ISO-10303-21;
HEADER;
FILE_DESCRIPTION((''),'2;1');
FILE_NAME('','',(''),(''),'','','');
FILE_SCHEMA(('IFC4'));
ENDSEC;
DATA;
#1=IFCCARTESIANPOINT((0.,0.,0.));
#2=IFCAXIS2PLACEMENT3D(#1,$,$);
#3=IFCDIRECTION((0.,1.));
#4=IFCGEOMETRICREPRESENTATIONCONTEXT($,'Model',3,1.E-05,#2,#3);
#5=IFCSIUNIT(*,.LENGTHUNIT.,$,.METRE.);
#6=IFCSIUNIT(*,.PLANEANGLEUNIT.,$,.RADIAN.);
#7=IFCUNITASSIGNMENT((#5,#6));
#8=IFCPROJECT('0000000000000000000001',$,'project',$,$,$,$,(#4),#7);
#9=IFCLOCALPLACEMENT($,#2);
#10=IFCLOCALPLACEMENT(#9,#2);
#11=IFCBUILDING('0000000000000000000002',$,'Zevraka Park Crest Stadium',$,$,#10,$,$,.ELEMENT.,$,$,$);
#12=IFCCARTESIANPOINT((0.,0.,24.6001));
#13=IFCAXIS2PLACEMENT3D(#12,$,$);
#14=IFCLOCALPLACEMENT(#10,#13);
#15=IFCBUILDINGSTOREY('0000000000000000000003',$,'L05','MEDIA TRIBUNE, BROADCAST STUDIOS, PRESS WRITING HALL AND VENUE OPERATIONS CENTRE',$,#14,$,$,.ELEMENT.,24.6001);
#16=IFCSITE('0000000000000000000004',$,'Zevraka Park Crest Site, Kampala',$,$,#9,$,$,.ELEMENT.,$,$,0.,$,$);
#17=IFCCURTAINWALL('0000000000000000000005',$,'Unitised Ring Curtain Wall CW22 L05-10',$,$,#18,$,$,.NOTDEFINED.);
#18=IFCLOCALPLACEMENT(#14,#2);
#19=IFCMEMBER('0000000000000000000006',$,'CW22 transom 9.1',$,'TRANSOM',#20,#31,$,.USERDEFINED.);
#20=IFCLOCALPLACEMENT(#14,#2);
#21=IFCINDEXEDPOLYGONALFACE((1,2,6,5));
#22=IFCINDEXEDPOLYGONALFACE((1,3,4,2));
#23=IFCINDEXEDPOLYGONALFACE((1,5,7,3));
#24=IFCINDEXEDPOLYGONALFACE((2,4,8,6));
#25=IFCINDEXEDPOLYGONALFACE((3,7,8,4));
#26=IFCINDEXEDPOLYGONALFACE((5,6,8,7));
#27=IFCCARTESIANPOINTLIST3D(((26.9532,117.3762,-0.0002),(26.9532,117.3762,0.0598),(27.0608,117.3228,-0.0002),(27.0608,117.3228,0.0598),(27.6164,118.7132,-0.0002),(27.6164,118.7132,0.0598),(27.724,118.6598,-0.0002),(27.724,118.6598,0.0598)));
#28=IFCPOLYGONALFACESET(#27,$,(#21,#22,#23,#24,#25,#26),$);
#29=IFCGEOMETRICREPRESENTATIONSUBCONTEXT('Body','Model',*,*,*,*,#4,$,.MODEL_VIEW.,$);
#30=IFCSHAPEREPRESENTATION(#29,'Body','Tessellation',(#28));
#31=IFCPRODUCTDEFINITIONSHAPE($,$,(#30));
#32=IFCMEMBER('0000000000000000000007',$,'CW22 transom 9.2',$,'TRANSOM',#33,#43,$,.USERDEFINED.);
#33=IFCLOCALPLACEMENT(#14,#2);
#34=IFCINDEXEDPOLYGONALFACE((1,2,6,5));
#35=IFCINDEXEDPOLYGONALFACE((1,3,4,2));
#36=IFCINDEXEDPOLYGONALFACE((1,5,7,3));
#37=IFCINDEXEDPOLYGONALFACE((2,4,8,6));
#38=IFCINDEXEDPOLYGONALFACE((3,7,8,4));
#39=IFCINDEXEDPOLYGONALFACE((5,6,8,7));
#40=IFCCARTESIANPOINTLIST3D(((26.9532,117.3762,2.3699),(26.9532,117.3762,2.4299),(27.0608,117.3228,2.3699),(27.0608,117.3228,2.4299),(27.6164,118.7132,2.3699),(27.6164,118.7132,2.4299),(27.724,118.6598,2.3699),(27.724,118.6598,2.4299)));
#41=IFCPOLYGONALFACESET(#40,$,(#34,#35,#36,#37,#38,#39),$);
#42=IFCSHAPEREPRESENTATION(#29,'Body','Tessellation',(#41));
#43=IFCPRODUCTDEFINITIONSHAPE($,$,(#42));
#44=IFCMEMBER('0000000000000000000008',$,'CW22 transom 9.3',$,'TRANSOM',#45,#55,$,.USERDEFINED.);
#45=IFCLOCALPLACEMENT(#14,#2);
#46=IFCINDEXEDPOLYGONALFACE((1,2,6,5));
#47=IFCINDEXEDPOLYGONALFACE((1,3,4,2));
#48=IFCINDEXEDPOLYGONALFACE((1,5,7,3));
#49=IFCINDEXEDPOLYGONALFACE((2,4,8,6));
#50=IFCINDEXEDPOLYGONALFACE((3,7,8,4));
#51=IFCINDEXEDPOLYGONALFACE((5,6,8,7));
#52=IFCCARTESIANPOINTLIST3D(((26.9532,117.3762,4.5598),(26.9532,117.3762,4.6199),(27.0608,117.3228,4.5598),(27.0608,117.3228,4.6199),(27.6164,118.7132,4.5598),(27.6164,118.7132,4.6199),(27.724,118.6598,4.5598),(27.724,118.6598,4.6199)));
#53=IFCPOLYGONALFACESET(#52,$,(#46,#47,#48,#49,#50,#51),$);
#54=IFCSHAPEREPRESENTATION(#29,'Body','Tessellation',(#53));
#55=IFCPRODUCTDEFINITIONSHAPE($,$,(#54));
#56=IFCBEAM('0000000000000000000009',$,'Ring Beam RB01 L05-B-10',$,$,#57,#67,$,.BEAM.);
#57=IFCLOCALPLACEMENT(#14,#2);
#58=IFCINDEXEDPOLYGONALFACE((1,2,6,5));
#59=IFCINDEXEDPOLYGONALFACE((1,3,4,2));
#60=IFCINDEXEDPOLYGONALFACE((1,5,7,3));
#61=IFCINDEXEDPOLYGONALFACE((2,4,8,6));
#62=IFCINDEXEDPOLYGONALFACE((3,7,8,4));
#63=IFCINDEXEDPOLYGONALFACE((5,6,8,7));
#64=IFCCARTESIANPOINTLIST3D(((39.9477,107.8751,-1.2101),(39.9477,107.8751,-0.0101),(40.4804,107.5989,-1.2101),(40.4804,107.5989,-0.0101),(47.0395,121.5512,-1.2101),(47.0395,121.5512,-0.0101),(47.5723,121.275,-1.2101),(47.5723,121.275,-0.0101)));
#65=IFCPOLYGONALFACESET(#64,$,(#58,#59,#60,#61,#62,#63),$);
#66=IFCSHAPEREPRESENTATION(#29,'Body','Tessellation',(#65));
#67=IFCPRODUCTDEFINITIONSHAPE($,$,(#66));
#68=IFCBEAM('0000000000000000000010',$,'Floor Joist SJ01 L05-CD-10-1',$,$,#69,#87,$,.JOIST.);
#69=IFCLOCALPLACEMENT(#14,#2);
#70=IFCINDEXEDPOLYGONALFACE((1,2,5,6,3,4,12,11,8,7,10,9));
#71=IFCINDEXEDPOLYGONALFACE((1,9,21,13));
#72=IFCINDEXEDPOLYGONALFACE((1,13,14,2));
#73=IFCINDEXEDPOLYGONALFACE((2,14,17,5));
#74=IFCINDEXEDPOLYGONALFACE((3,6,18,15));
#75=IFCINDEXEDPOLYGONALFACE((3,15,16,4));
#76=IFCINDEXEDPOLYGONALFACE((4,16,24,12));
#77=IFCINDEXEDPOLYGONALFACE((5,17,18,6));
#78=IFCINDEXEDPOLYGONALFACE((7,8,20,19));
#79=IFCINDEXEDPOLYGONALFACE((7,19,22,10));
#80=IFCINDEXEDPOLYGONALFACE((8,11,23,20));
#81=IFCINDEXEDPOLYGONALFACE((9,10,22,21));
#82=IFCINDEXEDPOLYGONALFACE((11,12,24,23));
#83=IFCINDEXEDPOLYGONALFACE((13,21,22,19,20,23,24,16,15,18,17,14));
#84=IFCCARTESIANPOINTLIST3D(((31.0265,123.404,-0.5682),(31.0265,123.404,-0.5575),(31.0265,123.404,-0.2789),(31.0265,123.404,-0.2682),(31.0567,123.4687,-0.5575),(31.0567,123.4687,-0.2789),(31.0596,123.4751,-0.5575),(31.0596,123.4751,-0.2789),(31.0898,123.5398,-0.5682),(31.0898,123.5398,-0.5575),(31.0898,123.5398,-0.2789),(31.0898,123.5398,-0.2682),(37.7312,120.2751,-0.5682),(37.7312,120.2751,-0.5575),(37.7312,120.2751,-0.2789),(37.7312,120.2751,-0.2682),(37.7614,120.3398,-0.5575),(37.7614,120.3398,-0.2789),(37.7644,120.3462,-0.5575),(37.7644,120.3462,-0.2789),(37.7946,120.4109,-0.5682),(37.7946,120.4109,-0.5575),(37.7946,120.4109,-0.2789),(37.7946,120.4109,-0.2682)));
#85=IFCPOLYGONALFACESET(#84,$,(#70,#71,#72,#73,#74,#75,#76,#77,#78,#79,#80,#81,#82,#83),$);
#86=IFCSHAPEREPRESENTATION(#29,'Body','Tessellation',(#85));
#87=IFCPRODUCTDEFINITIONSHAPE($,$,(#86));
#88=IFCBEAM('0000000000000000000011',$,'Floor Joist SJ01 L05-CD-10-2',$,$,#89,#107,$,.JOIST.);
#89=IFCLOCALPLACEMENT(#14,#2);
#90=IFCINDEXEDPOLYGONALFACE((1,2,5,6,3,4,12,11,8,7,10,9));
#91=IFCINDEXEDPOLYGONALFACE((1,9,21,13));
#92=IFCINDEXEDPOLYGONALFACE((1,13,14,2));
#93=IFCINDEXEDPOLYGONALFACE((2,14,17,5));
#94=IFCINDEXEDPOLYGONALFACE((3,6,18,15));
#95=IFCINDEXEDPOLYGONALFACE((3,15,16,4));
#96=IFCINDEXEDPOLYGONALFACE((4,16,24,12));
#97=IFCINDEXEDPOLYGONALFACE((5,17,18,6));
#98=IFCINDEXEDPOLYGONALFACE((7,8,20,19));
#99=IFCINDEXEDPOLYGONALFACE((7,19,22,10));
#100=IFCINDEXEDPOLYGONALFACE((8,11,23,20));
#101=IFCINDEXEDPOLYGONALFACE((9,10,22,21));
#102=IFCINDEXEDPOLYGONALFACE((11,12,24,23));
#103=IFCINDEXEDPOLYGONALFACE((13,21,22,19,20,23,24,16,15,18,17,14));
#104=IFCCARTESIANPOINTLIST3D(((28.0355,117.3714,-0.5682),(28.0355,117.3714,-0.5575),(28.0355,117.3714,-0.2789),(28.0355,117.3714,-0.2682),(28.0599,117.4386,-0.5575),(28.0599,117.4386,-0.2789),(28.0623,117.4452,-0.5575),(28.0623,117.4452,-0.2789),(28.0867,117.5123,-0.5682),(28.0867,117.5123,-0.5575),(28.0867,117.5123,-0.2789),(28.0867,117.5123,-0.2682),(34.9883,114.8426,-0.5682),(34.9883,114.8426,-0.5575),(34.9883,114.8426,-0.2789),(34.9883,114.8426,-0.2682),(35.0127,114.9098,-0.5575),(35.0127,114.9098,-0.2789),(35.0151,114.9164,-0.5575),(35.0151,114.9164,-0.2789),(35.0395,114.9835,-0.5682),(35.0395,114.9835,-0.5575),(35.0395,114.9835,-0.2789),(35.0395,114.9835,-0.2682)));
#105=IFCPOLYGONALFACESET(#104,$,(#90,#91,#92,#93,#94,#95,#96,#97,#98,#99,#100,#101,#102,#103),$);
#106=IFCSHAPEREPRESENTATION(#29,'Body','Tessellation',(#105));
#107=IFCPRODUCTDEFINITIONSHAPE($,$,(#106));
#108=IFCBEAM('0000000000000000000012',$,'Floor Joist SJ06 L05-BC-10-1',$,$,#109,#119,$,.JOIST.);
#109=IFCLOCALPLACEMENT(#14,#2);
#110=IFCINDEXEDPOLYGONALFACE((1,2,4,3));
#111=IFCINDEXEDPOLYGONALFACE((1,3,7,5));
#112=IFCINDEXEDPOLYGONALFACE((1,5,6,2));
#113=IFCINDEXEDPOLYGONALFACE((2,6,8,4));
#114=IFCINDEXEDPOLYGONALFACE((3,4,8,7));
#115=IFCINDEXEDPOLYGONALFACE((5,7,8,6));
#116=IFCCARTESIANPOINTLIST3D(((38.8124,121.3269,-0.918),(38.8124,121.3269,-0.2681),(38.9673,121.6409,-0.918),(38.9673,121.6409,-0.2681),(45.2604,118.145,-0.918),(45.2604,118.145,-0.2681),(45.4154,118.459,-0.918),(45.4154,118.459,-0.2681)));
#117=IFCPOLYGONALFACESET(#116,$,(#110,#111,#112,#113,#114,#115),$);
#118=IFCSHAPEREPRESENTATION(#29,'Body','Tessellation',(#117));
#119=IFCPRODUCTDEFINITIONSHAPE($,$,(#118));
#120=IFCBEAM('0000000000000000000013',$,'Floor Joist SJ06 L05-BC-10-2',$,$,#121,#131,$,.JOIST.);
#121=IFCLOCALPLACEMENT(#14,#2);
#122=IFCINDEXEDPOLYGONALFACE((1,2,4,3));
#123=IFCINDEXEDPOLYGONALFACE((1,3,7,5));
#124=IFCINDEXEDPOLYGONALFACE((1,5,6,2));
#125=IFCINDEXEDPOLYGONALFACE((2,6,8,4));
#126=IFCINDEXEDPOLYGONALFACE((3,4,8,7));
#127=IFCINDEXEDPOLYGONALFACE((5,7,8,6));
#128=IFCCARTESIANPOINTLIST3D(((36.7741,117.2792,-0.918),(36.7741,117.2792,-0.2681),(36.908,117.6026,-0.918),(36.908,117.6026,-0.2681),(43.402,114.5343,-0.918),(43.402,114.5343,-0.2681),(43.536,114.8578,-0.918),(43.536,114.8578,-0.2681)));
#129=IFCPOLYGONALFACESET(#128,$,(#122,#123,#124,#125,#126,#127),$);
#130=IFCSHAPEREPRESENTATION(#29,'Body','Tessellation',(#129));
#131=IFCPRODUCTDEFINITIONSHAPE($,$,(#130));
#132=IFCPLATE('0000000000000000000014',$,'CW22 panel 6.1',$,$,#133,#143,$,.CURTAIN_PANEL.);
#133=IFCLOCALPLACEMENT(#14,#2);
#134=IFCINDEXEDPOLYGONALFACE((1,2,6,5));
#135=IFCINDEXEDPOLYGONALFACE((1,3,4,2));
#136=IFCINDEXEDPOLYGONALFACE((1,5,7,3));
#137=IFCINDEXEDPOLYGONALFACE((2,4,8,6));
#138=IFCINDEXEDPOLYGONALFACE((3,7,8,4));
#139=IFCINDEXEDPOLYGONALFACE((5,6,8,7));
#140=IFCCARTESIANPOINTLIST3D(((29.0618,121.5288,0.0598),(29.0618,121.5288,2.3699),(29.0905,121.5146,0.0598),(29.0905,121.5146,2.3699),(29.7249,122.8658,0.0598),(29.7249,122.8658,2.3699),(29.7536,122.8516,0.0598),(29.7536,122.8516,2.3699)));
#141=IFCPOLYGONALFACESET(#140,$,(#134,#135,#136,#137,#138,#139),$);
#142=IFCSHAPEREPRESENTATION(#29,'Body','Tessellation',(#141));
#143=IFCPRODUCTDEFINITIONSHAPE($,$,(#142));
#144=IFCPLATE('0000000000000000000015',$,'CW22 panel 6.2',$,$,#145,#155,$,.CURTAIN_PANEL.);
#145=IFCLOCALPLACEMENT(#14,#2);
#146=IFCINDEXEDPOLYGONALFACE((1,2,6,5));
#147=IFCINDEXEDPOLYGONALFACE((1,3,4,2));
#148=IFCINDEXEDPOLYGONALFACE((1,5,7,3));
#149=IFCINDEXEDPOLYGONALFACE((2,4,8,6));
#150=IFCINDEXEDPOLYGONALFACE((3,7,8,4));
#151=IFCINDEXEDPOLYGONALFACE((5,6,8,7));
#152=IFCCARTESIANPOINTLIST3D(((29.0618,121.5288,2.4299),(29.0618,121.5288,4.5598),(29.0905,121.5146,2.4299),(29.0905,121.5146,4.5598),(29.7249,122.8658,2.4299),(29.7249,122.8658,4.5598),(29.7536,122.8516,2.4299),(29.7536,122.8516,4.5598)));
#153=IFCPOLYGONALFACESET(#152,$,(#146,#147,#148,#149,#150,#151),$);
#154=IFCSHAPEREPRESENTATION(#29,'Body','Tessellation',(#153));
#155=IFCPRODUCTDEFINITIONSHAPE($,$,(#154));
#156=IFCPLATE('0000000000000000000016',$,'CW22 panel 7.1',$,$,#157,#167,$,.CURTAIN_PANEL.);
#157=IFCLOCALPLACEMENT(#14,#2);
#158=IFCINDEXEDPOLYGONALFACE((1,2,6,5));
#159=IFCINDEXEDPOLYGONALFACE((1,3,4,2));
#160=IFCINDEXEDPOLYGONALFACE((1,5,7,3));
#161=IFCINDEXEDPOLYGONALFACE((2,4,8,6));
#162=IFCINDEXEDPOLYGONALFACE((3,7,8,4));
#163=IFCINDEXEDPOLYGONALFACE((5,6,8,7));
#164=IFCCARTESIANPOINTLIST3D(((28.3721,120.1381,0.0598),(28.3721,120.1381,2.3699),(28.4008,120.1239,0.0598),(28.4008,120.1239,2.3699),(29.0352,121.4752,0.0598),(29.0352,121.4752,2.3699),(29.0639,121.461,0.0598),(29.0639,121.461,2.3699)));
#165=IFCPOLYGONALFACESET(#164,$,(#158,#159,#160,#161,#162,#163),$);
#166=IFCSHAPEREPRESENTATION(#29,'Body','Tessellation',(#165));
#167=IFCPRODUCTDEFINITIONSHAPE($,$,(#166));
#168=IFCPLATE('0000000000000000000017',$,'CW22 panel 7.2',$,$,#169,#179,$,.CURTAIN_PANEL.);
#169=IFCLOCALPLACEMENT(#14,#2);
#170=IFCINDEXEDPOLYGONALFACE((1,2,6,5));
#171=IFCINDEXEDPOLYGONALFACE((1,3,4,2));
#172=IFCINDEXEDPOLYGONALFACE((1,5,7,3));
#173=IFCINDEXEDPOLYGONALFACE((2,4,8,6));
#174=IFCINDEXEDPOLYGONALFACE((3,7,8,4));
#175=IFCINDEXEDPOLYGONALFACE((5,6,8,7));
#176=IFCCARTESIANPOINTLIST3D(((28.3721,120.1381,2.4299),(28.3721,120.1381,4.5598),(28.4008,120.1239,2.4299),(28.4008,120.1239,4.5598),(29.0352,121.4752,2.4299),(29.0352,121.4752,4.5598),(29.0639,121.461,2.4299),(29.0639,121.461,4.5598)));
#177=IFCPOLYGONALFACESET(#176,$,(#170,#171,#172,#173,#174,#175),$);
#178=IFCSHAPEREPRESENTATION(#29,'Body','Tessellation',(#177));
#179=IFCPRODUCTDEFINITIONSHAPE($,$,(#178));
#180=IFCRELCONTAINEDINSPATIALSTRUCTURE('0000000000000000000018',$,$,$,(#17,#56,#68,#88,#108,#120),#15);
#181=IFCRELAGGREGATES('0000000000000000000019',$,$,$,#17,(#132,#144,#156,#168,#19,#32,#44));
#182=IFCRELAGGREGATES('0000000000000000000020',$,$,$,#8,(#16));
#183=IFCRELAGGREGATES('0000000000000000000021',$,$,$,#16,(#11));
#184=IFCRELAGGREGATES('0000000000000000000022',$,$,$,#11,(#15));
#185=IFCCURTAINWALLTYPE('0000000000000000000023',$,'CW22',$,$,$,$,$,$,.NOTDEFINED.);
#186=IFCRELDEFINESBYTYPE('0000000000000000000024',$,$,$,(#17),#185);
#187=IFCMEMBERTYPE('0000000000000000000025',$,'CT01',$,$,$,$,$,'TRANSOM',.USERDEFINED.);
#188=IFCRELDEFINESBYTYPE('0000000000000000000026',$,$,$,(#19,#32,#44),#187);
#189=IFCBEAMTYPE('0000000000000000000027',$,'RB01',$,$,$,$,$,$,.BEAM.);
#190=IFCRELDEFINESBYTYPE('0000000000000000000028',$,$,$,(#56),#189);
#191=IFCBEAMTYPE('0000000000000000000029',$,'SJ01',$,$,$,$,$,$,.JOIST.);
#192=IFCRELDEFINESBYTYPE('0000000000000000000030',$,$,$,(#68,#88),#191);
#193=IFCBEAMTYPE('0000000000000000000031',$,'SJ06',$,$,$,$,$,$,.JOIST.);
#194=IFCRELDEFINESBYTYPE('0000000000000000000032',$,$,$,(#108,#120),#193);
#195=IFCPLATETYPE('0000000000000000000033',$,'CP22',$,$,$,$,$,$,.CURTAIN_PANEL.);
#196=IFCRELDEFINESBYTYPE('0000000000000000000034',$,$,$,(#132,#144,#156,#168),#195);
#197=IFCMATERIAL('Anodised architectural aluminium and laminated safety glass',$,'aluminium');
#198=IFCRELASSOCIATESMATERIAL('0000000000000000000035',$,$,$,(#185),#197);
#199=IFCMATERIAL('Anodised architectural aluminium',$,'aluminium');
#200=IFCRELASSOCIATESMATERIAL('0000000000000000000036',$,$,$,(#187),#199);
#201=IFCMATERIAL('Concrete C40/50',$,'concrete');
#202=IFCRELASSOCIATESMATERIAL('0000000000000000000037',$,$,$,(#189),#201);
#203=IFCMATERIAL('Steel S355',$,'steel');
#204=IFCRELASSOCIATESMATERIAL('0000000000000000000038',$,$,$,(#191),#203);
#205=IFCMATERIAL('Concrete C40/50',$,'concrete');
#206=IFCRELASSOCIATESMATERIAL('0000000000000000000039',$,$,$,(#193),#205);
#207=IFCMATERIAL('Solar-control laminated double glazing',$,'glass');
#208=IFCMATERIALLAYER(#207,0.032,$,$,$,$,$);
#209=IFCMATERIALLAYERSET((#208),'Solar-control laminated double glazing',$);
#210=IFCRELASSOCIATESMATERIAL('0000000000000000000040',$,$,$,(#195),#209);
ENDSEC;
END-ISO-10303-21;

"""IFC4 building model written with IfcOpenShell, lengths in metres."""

from ifc_helpers import new_model, si_unit, direction, frame, origin, origin_2d, place, context, subcontext, project, spatial, rectangle, i_section, extrude, material, layer, layer_set, material_profile, profile_set, type_object, element, aggregate, save


model = new_model("IFC4")

# Units and contexts
model_context = context("Model", 3, precision=1e-05, world=origin(), true_north=direction((0.0, 1.0)))
body_context = subcontext(model_context, "Body", "Model", "MODEL_VIEW")
ifc_project = project(units=[si_unit("LENGTHUNIT", "METRE"), si_unit("PLANEANGLEUNIT", "RADIAN")], contexts=[model_context])

# Site, building, storey
site_placement = place(None, origin())
site = spatial("IfcSite", under=ifc_project, at=site_placement, Name="Zevraka Park Crest Site, Kampala", CompositionType="ELEMENT", RefElevation=0.0)
building_placement = place(site_placement, origin())
building = spatial("IfcBuilding", under=site, at=building_placement, Name="Zevraka Park Crest Stadium", CompositionType="ELEMENT")
storey_placement = place(building_placement, frame((0.0, 0.0, 24.6001)))
storey = spatial("IfcBuildingStorey", under=building, at=storey_placement, Name="L05", Description="MEDIA TRIBUNE, BROADCAST STUDIOS, PRESS WRITING HALL AND VENUE OPERATIONS CENTRE", CompositionType="ELEMENT", Elevation=24.6001)

# Curtain wall, members
ifc_material_1 = material(Name="Anodised architectural aluminium and laminated safety glass", Category="aluminium")
curtain_wall_type = type_object("IfcCurtainWallType", Name="CW22", PredefinedType="NOTDEFINED", material=ifc_material_1)
curtain_wall_placement = place(storey_placement, origin())
curtain_wall = element("IfcCurtainWall", 1, at=curtain_wall_placement, inside=storey, type_object=curtain_wall_type, Name="Unitised Ring Curtain Wall CW22 L05-10", PredefinedType="NOTDEFINED")
ifc_material_2 = material(Name="Anodised architectural aluminium", Category="aluminium")
ifc_material_profile_1 = material_profile(ifc_material_2, rectangle(XDim=0.1201, YDim=0.0601, at=origin_2d()), Name="ALU TRANSOM 120x60")
ifc_profile_set_1 = profile_set([ifc_material_profile_1], Name="Anodised architectural aluminium")
member_type_1 = type_object("IfcMemberType", Name="CT01", ElementType="TRANSOM", PredefinedType="USERDEFINED", material=ifc_profile_set_1)
member_1_placement = place(storey_placement, frame((27.6702, 118.6865, 0.0298), z_axis=(-0.444332, -0.895862, 0.0), x_axis=(0.895862, -0.444332, 0.0)))
member_1 = element("IfcMember", 2, at=member_1_placement, type_object=member_type_1, Name="CW22 transom 9.1", ObjectType="TRANSOM", PredefinedType="USERDEFINED", context=body_context, shape_type="SweptSolid", body=[
    extrude(rectangle(XDim=0.1201, YDim=0.0601, at=origin_2d()), origin(), (0.0, 0.0, 1.0), 1.4924),
])
member_2_placement = place(storey_placement, frame((27.6702, 118.6865, 2.3999), z_axis=(-0.444332, -0.895862, 0.0), x_axis=(0.895862, -0.444332, 0.0)))
member_2 = element("IfcMember", 3, at=member_2_placement, type_object=member_type_1, Name="CW22 transom 9.2", ObjectType="TRANSOM", PredefinedType="USERDEFINED", context=body_context, shape_type="SweptSolid", body=[
    extrude(rectangle(XDim=0.1201, YDim=0.0601, at=origin_2d()), origin(), (0.0, 0.0, 1.0), 1.4924),
])
member_3_placement = place(storey_placement, frame((27.6702, 118.6865, 4.5898), z_axis=(-0.444332, -0.895862, 0.0), x_axis=(0.895862, -0.444332, 0.0)))
member_3 = element("IfcMember", 4, at=member_3_placement, type_object=member_type_1, Name="CW22 transom 9.3", ObjectType="TRANSOM", PredefinedType="USERDEFINED", context=body_context, shape_type="SweptSolid", body=[
    extrude(rectangle(XDim=0.1201, YDim=0.0601, at=origin_2d()), origin(), (0.0, 0.0, 1.0), 1.4924),
])

# Beams
ifc_material_3 = material(Name="Concrete C40/50", Category="concrete")
ifc_material_profile_2 = material_profile(ifc_material_3, rectangle(XDim=0.6001, YDim=1.2, at=origin_2d()), Name="RC 1200x600")
ifc_profile_set_2 = profile_set([ifc_material_profile_2], Name="Concrete C40/50")
beam_type_1 = type_object("IfcBeamType", Name="RB01", PredefinedType="BEAM", material=ifc_profile_set_2)
beam_1_placement = place(storey_placement, frame((47.3059, 121.4131, -0.6101), z_axis=(-0.460344, -0.887741, 0.0), x_axis=(0.887741, -0.460344, 0.0)))
element("IfcBeam", 5, at=beam_1_placement, inside=storey, type_object=beam_type_1, Name="Ring Beam RB01 L05-B-10", PredefinedType="BEAM", context=body_context, shape_type="SweptSolid", body=[
    extrude(rectangle(XDim=0.6001, YDim=1.2, at=origin_2d()), origin(), (0.0, 0.0, 1.0), 15.4055),
])
ifc_material_4 = material(Name="Steel S355", Category="steel")
ifc_material_profile_3 = material_profile(ifc_material_4, i_section(OverallWidth=0.1499, OverallDepth=0.3, WebThickness=0.0071, FlangeThickness=0.0107, at=origin_2d()), Name="IPE 300")
ifc_profile_set_3 = profile_set([ifc_material_profile_3], Name="Steel S355")
beam_type_2 = type_object("IfcBeamType", Name="SJ01", PredefinedType="JOIST", material=ifc_profile_set_3)
beam_2_placement = place(storey_placement, frame((37.7629, 120.343, -0.4182), z_axis=(-0.906184, 0.422884, 0.0), x_axis=(-0.422884, -0.906184, 0.0)))
element("IfcBeam", 6, at=beam_2_placement, inside=storey, type_object=beam_type_2, Name="Floor Joist SJ01 L05-CD-10-1", PredefinedType="JOIST", context=body_context, shape_type="SweptSolid", body=[
    extrude(i_section(OverallWidth=0.1499, OverallDepth=0.3, WebThickness=0.0071, FlangeThickness=0.0107, at=origin_2d()), origin(), (0.0, 0.0, 1.0), 7.3989),
])
beam_3_placement = place(storey_placement, frame((35.0139, 114.9131, -0.4182), z_axis=(-0.939772, 0.341801, 0.0), x_axis=(-0.341801, -0.939772, 0.0)))
element("IfcBeam", 7, at=beam_3_placement, inside=storey, type_object=beam_type_2, Name="Floor Joist SJ01 L05-CD-10-2", PredefinedType="JOIST", context=body_context, shape_type="SweptSolid", body=[
    extrude(i_section(OverallWidth=0.1499, OverallDepth=0.3, WebThickness=0.0071, FlangeThickness=0.0107, at=origin_2d()), origin(), (0.0, 0.0, 1.0), 7.3984),
])
ifc_material_5 = material(Name="Concrete C40/50", Category="concrete")
ifc_material_profile_4 = material_profile(ifc_material_5, rectangle(XDim=0.3501, YDim=0.6499, at=origin_2d()), Name="RC 650x350")
ifc_profile_set_4 = profile_set([ifc_material_profile_4], Name="Concrete C40/50")
beam_type_3 = type_object("IfcBeamType", Name="SJ06", PredefinedType="JOIST", material=ifc_profile_set_4)
beam_4_placement = place(storey_placement, frame((45.3379, 118.302, -0.593), z_axis=(-0.896758, 0.442522, 0.0), x_axis=(-0.442522, -0.896758, 0.0)))
element("IfcBeam", 8, at=beam_4_placement, inside=storey, type_object=beam_type_3, Name="Floor Joist SJ06 L05-BC-10-1", PredefinedType="JOIST", context=body_context, shape_type="SweptSolid", body=[
    extrude(rectangle(XDim=0.3501, YDim=0.6499, at=origin_2d()), origin(), (0.0, 0.0, 1.0), 7.1904),
])
beam_5_placement = place(storey_placement, frame((43.469, 114.696, -0.593), z_axis=(-0.923904, 0.382623, 0.0), x_axis=(-0.382623, -0.923904, 0.0)))
element("IfcBeam", 9, at=beam_5_placement, inside=storey, type_object=beam_type_3, Name="Floor Joist SJ06 L05-BC-10-2", PredefinedType="JOIST", context=body_context, shape_type="SweptSolid", body=[
    extrude(rectangle(XDim=0.3501, YDim=0.6499, at=origin_2d()), origin(), (0.0, 0.0, 1.0), 7.1738),
])

# Plates
ifc_material_6 = material(Name="Solar-control laminated double glazing", Category="glass")
ifc_layer_1 = layer(ifc_material_6, 0.032)
ifc_layer_set_1 = layer_set([ifc_layer_1], Name="Solar-control laminated double glazing")
plate_type = type_object("IfcPlateType", Name="CP22", PredefinedType="CURTAIN_PANEL", material=ifc_layer_set_1)
plate_1_placement = place(storey_placement, frame((29.4077, 122.1902, 0.0598), z_axis=(0.0, 0.0, 1.0), x_axis=(-0.444297, -0.895879, 0.0)))
plate_1 = element("IfcPlate", 10, at=plate_1_placement, type_object=plate_type, Name="CW22 panel 6.1", PredefinedType="CURTAIN_PANEL", context=body_context, shape_type="SweptSolid", body=[
    extrude(rectangle(XDim=1.4924, YDim=0.032, at=origin_2d()), origin(), (0.0, 0.0, 1.0), 2.3101),
])
plate_2_placement = place(storey_placement, frame((29.4077, 122.1902, 2.4299), z_axis=(0.0, 0.0, 1.0), x_axis=(-0.444297, -0.895879, 0.0)))
plate_2 = element("IfcPlate", 11, at=plate_2_placement, type_object=plate_type, Name="CW22 panel 6.2", PredefinedType="CURTAIN_PANEL", context=body_context, shape_type="SweptSolid", body=[
    extrude(rectangle(XDim=1.4924, YDim=0.032, at=origin_2d()), origin(), (0.0, 0.0, 1.0), 2.1299),
])
plate_3_placement = place(storey_placement, frame((28.718, 120.7996, 0.0598), z_axis=(0.0, 0.0, 1.0), x_axis=(-0.444297, -0.895879, 0.0)))
plate_3 = element("IfcPlate", 12, at=plate_3_placement, type_object=plate_type, Name="CW22 panel 7.1", PredefinedType="CURTAIN_PANEL", context=body_context, shape_type="SweptSolid", body=[
    extrude(rectangle(XDim=1.4924, YDim=0.032, at=origin_2d()), origin(), (0.0, 0.0, 1.0), 2.3101),
])
plate_4_placement = place(storey_placement, frame((28.718, 120.7996, 2.4299), z_axis=(0.0, 0.0, 1.0), x_axis=(-0.444297, -0.895879, 0.0)))
plate_4 = element("IfcPlate", 13, at=plate_4_placement, type_object=plate_type, Name="CW22 panel 7.2", PredefinedType="CURTAIN_PANEL", context=body_context, shape_type="SweptSolid", body=[
    extrude(rectangle(XDim=1.4924, YDim=0.032, at=origin_2d()), origin(), (0.0, 0.0, 1.0), 2.1299),
])
aggregate(curtain_wall, [plate_1, plate_2, plate_3, plate_4, member_1, member_2, member_3])

save(model, "model.ifc")
